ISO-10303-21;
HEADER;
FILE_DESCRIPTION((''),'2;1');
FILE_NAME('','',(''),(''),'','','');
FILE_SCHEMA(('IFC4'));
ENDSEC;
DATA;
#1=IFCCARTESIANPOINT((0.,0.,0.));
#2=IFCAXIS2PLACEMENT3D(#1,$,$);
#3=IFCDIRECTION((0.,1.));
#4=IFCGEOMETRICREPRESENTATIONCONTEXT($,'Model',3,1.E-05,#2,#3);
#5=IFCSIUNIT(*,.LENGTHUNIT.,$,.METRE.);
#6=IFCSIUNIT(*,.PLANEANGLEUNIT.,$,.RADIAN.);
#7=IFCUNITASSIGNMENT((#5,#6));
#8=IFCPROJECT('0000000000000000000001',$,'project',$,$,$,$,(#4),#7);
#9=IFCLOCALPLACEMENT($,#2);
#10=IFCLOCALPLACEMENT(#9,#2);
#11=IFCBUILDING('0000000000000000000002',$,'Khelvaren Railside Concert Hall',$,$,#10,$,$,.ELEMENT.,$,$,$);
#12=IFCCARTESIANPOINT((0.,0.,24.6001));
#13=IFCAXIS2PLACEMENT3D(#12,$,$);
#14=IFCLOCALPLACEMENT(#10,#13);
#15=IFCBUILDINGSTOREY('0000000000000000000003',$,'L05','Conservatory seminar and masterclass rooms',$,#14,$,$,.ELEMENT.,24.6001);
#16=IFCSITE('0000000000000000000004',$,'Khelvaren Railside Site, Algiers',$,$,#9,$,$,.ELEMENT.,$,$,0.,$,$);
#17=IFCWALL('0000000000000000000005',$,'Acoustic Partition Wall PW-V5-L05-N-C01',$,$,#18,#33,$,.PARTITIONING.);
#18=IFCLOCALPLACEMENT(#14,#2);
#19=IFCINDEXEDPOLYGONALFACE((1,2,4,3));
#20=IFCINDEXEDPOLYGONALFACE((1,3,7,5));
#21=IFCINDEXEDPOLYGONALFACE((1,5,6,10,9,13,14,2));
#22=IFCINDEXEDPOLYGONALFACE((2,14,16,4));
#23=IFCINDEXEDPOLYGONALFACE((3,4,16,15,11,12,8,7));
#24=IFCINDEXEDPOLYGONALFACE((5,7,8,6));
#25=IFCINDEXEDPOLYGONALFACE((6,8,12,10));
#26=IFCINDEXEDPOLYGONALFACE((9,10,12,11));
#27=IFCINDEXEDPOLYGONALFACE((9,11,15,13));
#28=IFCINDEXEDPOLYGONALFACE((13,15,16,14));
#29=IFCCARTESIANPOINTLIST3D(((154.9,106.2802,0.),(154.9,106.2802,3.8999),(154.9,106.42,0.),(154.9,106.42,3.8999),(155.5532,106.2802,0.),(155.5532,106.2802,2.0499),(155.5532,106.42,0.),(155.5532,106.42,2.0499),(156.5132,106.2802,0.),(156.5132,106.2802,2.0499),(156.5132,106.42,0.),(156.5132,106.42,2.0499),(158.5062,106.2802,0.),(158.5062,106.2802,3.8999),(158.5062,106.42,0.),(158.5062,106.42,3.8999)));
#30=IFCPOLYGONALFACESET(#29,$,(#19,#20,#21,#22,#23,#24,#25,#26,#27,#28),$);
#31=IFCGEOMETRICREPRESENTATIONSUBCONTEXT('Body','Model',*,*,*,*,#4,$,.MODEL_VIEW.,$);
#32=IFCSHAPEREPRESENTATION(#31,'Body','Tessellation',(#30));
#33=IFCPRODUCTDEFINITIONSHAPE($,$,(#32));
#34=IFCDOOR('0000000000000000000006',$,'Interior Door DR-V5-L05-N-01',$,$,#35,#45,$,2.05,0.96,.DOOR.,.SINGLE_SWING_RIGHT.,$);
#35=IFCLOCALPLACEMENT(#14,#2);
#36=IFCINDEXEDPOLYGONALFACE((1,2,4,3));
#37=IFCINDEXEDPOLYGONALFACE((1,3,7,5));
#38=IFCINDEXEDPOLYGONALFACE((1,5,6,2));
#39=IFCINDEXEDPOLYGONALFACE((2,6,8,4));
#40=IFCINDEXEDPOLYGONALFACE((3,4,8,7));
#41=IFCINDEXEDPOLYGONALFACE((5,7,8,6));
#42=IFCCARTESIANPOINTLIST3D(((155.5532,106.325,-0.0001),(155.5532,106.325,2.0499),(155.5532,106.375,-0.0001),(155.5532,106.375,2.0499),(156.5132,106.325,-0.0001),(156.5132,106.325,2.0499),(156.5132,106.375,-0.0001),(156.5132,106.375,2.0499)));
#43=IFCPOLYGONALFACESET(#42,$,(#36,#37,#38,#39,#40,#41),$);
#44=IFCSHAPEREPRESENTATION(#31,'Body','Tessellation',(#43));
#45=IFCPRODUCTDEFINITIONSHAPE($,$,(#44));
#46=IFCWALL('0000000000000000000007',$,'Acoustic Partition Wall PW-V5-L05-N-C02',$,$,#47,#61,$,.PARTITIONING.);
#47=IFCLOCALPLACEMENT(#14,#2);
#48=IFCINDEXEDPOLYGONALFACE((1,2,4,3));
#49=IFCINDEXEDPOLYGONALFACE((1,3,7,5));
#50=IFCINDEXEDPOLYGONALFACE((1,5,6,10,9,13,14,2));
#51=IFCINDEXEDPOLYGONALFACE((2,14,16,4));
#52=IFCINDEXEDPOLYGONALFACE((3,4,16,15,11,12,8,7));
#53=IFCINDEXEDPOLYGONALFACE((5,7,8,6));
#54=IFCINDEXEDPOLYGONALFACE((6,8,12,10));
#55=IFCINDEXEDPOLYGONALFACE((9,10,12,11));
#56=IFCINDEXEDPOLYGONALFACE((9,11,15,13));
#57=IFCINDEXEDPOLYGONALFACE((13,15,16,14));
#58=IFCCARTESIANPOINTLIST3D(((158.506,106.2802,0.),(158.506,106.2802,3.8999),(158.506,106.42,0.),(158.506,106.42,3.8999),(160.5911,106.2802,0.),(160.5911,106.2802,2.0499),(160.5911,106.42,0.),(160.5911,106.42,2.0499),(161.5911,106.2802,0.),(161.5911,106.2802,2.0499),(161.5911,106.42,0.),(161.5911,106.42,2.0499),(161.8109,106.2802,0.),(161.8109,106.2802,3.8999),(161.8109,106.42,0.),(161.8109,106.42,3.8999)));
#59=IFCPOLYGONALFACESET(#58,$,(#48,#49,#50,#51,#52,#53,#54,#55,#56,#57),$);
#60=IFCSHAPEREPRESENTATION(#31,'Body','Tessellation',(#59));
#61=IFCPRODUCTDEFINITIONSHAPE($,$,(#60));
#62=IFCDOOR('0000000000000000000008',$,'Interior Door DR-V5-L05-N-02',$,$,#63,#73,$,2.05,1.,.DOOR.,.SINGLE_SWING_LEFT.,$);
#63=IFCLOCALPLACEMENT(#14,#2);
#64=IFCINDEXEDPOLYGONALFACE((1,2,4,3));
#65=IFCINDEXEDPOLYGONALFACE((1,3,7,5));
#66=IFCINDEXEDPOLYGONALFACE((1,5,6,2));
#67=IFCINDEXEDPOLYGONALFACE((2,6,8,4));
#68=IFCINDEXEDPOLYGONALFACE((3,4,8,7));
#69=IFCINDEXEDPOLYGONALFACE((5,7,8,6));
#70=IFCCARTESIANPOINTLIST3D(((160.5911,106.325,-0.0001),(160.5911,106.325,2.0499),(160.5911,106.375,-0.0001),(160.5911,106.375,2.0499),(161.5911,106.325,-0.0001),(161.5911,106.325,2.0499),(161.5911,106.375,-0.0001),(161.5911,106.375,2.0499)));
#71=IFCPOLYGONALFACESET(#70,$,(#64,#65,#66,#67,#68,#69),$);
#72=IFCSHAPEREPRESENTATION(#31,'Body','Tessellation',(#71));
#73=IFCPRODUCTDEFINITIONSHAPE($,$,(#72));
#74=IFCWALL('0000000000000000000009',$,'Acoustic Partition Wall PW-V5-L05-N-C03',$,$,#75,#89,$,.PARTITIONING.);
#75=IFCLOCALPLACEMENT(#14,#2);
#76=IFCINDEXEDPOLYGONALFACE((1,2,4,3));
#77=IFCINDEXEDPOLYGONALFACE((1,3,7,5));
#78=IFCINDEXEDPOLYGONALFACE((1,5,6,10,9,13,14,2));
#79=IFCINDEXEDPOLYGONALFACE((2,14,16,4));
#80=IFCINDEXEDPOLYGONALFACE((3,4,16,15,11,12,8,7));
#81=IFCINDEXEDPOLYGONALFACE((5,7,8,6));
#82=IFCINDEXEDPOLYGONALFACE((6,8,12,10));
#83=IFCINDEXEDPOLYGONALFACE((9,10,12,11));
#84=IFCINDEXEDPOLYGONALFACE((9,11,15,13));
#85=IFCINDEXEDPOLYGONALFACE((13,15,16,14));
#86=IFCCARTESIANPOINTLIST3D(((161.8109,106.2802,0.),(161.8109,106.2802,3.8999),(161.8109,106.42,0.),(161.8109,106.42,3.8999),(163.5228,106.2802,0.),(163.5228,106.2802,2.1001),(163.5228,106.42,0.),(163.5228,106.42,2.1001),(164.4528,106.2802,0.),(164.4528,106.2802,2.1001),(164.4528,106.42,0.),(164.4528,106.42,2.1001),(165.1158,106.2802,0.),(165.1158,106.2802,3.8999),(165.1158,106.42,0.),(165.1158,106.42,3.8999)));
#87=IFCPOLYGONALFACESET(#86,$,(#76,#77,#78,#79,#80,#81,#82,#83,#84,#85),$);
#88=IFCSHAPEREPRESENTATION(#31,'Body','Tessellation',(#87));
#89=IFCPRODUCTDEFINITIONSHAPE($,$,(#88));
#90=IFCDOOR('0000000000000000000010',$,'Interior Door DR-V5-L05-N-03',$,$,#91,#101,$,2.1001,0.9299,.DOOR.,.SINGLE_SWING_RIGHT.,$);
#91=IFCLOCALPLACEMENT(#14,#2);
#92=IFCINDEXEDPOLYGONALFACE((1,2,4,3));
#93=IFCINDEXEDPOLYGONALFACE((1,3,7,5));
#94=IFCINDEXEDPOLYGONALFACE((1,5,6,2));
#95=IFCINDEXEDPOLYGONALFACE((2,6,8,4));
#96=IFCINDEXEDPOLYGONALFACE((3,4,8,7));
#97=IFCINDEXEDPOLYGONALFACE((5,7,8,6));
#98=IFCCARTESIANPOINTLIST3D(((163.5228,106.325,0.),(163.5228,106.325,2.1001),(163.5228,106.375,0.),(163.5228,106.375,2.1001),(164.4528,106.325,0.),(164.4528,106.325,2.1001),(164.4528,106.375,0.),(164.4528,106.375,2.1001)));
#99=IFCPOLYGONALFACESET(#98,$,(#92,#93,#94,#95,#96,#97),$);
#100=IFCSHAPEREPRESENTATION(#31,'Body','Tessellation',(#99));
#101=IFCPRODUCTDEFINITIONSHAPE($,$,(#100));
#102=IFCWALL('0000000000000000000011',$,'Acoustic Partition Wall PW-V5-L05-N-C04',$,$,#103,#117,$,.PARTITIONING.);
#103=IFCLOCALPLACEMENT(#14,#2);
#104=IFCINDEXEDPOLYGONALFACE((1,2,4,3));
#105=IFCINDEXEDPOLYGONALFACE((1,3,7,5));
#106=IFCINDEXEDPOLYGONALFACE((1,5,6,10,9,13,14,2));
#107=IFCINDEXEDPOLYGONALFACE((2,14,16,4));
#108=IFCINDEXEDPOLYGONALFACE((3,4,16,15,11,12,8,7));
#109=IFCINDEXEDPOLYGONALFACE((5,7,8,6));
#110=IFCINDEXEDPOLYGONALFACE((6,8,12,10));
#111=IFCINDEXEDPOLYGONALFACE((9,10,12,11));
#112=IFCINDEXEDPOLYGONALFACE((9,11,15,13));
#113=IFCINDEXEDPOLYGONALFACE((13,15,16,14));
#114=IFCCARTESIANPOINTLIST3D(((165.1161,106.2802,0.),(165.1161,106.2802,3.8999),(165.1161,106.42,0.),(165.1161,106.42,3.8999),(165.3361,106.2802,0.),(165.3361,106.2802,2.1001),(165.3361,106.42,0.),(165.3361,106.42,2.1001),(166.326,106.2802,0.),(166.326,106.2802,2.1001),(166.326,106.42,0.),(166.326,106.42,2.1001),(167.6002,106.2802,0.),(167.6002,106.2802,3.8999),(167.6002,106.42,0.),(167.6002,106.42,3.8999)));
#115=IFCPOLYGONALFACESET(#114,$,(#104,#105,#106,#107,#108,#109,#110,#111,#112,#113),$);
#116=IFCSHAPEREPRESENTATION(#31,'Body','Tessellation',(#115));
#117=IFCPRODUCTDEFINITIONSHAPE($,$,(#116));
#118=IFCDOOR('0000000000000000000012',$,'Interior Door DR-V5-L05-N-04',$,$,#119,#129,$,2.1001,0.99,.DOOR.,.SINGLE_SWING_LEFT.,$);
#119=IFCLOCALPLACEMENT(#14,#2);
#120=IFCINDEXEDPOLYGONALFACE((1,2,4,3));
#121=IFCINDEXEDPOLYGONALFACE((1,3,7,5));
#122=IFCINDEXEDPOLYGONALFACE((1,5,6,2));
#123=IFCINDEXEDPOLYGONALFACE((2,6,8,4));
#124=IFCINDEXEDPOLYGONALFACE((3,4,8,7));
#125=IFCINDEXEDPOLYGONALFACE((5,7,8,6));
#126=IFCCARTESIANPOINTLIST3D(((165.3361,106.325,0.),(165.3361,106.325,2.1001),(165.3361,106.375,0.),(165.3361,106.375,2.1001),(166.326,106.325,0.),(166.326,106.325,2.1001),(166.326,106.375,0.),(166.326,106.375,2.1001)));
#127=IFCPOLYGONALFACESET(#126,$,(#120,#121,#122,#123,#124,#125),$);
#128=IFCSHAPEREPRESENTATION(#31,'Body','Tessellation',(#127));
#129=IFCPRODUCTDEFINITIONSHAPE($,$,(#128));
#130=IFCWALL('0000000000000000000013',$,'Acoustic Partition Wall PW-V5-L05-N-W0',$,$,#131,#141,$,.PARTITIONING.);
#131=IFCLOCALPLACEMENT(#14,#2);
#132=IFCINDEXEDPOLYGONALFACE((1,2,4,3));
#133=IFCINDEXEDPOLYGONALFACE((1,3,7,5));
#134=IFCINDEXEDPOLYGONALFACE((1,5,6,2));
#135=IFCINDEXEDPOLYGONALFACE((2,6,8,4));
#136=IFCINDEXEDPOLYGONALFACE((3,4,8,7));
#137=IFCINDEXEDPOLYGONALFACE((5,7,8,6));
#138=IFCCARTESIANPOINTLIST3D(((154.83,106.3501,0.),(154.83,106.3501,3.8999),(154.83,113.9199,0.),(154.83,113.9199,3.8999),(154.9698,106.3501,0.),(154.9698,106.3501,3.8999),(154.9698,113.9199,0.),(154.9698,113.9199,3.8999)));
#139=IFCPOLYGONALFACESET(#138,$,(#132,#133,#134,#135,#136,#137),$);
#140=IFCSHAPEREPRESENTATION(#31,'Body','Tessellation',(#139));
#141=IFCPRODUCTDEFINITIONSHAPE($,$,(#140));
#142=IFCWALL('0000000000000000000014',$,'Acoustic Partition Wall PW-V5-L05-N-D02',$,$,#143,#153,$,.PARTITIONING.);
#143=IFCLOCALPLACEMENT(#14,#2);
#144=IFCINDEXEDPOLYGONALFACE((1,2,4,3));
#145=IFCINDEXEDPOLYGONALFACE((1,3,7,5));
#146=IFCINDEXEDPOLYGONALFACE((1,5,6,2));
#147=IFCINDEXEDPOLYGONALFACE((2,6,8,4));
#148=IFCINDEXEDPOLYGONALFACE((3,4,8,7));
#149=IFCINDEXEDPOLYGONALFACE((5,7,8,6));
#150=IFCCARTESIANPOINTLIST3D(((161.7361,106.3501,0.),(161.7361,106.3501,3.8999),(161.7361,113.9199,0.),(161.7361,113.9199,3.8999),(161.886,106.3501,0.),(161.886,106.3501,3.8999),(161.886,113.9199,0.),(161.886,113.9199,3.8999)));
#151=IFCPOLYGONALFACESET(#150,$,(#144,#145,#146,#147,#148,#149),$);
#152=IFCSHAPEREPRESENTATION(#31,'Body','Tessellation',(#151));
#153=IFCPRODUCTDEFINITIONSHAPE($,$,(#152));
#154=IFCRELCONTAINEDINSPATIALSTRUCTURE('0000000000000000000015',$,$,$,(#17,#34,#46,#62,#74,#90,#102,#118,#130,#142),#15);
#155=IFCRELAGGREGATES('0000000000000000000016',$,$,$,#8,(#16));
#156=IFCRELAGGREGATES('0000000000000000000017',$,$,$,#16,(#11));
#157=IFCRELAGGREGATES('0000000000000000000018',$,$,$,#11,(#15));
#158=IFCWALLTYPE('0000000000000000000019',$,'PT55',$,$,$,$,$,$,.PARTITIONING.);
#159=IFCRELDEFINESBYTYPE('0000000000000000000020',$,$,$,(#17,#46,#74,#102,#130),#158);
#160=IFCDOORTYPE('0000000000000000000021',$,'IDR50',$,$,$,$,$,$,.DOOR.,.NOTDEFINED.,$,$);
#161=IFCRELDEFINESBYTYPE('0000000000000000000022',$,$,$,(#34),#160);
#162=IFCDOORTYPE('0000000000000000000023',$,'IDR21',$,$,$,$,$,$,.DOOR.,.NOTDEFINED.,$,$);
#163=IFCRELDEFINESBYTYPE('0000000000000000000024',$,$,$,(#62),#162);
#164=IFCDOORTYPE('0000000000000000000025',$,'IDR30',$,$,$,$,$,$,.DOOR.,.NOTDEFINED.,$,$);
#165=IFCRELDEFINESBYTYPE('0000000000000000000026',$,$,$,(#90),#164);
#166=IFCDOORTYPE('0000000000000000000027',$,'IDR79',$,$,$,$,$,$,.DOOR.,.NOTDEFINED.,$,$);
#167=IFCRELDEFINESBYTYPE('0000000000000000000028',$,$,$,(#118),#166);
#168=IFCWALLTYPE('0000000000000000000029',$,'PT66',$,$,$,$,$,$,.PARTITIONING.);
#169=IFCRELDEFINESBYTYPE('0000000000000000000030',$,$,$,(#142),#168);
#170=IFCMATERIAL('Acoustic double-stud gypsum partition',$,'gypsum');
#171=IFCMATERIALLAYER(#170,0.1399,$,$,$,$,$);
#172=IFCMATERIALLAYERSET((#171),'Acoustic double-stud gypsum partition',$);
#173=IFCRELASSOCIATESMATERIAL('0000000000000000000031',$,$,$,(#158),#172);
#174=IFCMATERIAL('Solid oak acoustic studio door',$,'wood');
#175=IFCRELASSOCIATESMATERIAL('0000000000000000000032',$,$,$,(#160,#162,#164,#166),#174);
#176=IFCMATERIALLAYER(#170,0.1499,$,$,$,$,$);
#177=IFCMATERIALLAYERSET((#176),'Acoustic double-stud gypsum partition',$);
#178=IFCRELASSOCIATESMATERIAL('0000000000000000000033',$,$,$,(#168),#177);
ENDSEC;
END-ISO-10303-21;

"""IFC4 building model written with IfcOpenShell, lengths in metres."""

from ifc_helpers import new_model, si_unit, direction, frame, frame_2d, origin, place, context, subcontext, project, spatial, rectangle, extrude, material, layer, layer_set, type_object, element, fill, save


model = new_model("IFC4")

# Units and contexts
model_context = context("Model", 3, precision=1e-05, world=origin(), true_north=direction((0.0, 1.0)))
body_context = subcontext(model_context, "Body", "Model", "MODEL_VIEW")
ifc_project = project(units=[si_unit("LENGTHUNIT", "METRE"), si_unit("PLANEANGLEUNIT", "RADIAN")], contexts=[model_context])

# Site, building, storey
site_placement = place(None, origin())
site = spatial("IfcSite", under=ifc_project, at=site_placement, Name="Khelvaren Railside Site, Algiers", CompositionType="ELEMENT", RefElevation=0.0)
building_placement = place(site_placement, origin())
building = spatial("IfcBuilding", under=site, at=building_placement, Name="Khelvaren Railside Concert Hall", CompositionType="ELEMENT")
storey_placement = place(building_placement, frame((0.0, 0.0, 24.6001)))
storey = spatial("IfcBuildingStorey", under=building, at=storey_placement, Name="L05", Description="Conservatory seminar and masterclass rooms", CompositionType="ELEMENT", Elevation=24.6001)

# Shared definitions
ifc_material_1 = material(Name="Acoustic double-stud gypsum partition", Category="gypsum")

# Walls, openings, doors
ifc_layer_1 = layer(ifc_material_1, 0.1399)
ifc_layer_set_1 = layer_set([ifc_layer_1], Name="Acoustic double-stud gypsum partition")
wall_type_1 = type_object("IfcWallType", Name="PT55", PredefinedType="PARTITIONING", material=ifc_layer_set_1)
wall_1_placement = place(storey_placement, frame((154.8999, 106.3501, 0.0), z_axis=(0.0, 0.0, 1.0), x_axis=(1.0, 0.0, 0.0)))
wall_1 = element("IfcWall", 1, at=wall_1_placement, inside=storey, type_object=wall_type_1, Name="Acoustic Partition Wall PW-V5-L05-N-C01", PredefinedType="PARTITIONING", context=body_context, shape_type="SweptSolid", body=[
    extrude(rectangle(XDim=3.6062, YDim=0.1399, at=frame_2d((1.8032, 0.0))), origin(), (0.0, 0.0, 1.0), 3.8999),
])
opening_1_placement = place(wall_1_placement, frame((0.6533, 0.0, 0.0)))
opening_1 = element("IfcOpeningElement", 2, at=opening_1_placement, cuts=wall_1, PredefinedType="OPENING", context=body_context, shape_type="SweptSolid", body=[
    extrude(rectangle(XDim=0.96, YDim=2.05, at=frame_2d((0.48, 1.0249))), frame((0.0, 0.0798, 0.0), z_axis=(0.0, -1.0, 0.0), x_axis=(1.0, 0.0, 0.0)), (0.0, 0.0, 1.0), 0.1599),
])
ifc_material_2 = material(Name="Solid oak acoustic studio door", Category="wood")
door_type_1 = type_object("IfcDoorType", Name="IDR50", OperationType="NOTDEFINED", PredefinedType="DOOR", material=ifc_material_2)
door_1_placement = place(opening_1_placement, origin())
door_1 = element("IfcDoor", 3, at=door_1_placement, inside=storey, type_object=door_type_1, Name="Interior Door DR-V5-L05-N-01", OperationType="SINGLE_SWING_RIGHT", OverallHeight=2.05, OverallWidth=0.96, PredefinedType="DOOR", context=body_context, shape_type="SweptSolid", body=[
    extrude(rectangle(XDim=0.96, YDim=2.05, at=frame_2d((0.48, 1.0249))), frame((0.0, 0.0249, 0.0), z_axis=(0.0, -1.0, 0.0), x_axis=(1.0, 0.0, 0.0)), (0.0, 0.0, 1.0), 0.05),
])
fill(opening_1, door_1)
wall_2_placement = place(storey_placement, frame((158.5061, 106.3501, 0.0), z_axis=(0.0, 0.0, 1.0), x_axis=(1.0, 0.0, 0.0)))
wall_2 = element("IfcWall", 4, at=wall_2_placement, inside=storey, type_object=wall_type_1, Name="Acoustic Partition Wall PW-V5-L05-N-C02", PredefinedType="PARTITIONING", context=body_context, shape_type="SweptSolid", body=[
    extrude(rectangle(XDim=3.3049, YDim=0.1399, at=frame_2d((1.6523, 0.0))), origin(), (0.0, 0.0, 1.0), 3.8999),
])
opening_2_placement = place(wall_2_placement, frame((2.085, 0.0, 0.0)))
opening_2 = element("IfcOpeningElement", 5, at=opening_2_placement, cuts=wall_2, PredefinedType="OPENING", context=body_context, shape_type="SweptSolid", body=[
    extrude(rectangle(XDim=1.0, YDim=2.05, at=frame_2d((0.5, 1.0249))), frame((0.0, 0.0798, 0.0), z_axis=(0.0, -1.0, 0.0), x_axis=(1.0, 0.0, 0.0)), (0.0, 0.0, 1.0), 0.1599),
])
door_type_2 = type_object("IfcDoorType", Name="IDR21", OperationType="NOTDEFINED", PredefinedType="DOOR", material=ifc_material_2)
door_2_placement = place(opening_2_placement, origin())
door_2 = element("IfcDoor", 6, at=door_2_placement, inside=storey, type_object=door_type_2, Name="Interior Door DR-V5-L05-N-02", OperationType="SINGLE_SWING_LEFT", OverallHeight=2.05, OverallWidth=1.0, PredefinedType="DOOR", context=body_context, shape_type="SweptSolid", body=[
    extrude(rectangle(XDim=1.0, YDim=2.05, at=frame_2d((0.5, 1.0249))), frame((0.0, 0.0249, 0.0), z_axis=(0.0, -1.0, 0.0), x_axis=(1.0, 0.0, 0.0)), (0.0, 0.0, 1.0), 0.05),
])
fill(opening_2, door_2)
wall_3_placement = place(storey_placement, frame((161.811, 106.3501, 0.0), z_axis=(0.0, 0.0, 1.0), x_axis=(1.0, 0.0, 0.0)))
wall_3 = element("IfcWall", 7, at=wall_3_placement, inside=storey, type_object=wall_type_1, Name="Acoustic Partition Wall PW-V5-L05-N-C03", PredefinedType="PARTITIONING", context=body_context, shape_type="SweptSolid", body=[
    extrude(rectangle(XDim=3.3049, YDim=0.1399, at=frame_2d((1.6523, 0.0))), origin(), (0.0, 0.0, 1.0), 3.8999),
])
opening_3_placement = place(wall_3_placement, frame((1.7119, 0.0, 0.0)))
opening_3 = element("IfcOpeningElement", 8, at=opening_3_placement, cuts=wall_3, PredefinedType="OPENING", context=body_context, shape_type="SweptSolid", body=[
    extrude(rectangle(XDim=0.9299, YDim=2.1001, at=frame_2d((0.4648, 1.05))), frame((0.0, 0.0798, 0.0), z_axis=(0.0, -1.0, 0.0), x_axis=(1.0, 0.0, 0.0)), (0.0, 0.0, 1.0), 0.1599),
])
door_type_3 = type_object("IfcDoorType", Name="IDR30", OperationType="NOTDEFINED", PredefinedType="DOOR", material=ifc_material_2)
door_3_placement = place(opening_3_placement, origin())
door_3 = element("IfcDoor", 9, at=door_3_placement, inside=storey, type_object=door_type_3, Name="Interior Door DR-V5-L05-N-03", OperationType="SINGLE_SWING_RIGHT", OverallHeight=2.1001, OverallWidth=0.9299, PredefinedType="DOOR", context=body_context, shape_type="SweptSolid", body=[
    extrude(rectangle(XDim=0.9299, YDim=2.1001, at=frame_2d((0.4648, 1.05))), frame((0.0, 0.0249, 0.0), z_axis=(0.0, -1.0, 0.0), x_axis=(1.0, 0.0, 0.0)), (0.0, 0.0, 1.0), 0.05),
])
fill(opening_3, door_3)
wall_4_placement = place(storey_placement, frame((165.116, 106.3501, 0.0), z_axis=(0.0, 0.0, 1.0), x_axis=(1.0, 0.0, 0.0)))
wall_4 = element("IfcWall", 10, at=wall_4_placement, inside=storey, type_object=wall_type_1, Name="Acoustic Partition Wall PW-V5-L05-N-C04", PredefinedType="PARTITIONING", context=body_context, shape_type="SweptSolid", body=[
    extrude(rectangle(XDim=2.4841, YDim=0.1399, at=frame_2d((1.2422, 0.0))), origin(), (0.0, 0.0, 1.0), 3.8999),
])
opening_4_placement = place(wall_4_placement, frame((0.22, 0.0, 0.0)))
opening_4 = element("IfcOpeningElement", 11, at=opening_4_placement, cuts=wall_4, PredefinedType="OPENING", context=body_context, shape_type="SweptSolid", body=[
    extrude(rectangle(XDim=0.99, YDim=2.1001, at=frame_2d((0.4951, 1.05))), frame((0.0, 0.0798, 0.0), z_axis=(0.0, -1.0, 0.0), x_axis=(1.0, 0.0, 0.0)), (0.0, 0.0, 1.0), 0.1599),
])
door_type_4 = type_object("IfcDoorType", Name="IDR79", OperationType="NOTDEFINED", PredefinedType="DOOR", material=ifc_material_2)
door_4_placement = place(opening_4_placement, origin())
door_4 = element("IfcDoor", 12, at=door_4_placement, inside=storey, type_object=door_type_4, Name="Interior Door DR-V5-L05-N-04", OperationType="SINGLE_SWING_LEFT", OverallHeight=2.1001, OverallWidth=0.99, PredefinedType="DOOR", context=body_context, shape_type="SweptSolid", body=[
    extrude(rectangle(XDim=0.99, YDim=2.1001, at=frame_2d((0.4951, 1.05))), frame((0.0, 0.0249, 0.0), z_axis=(0.0, -1.0, 0.0), x_axis=(1.0, 0.0, 0.0)), (0.0, 0.0, 1.0), 0.05),
])
fill(opening_4, door_4)

# Walls
wall_5_placement = place(storey_placement, frame((154.8999, 106.3501, 0.0), z_axis=(0.0, 0.0, 1.0), x_axis=(0.0, 1.0, 0.0)))
element("IfcWall", 13, at=wall_5_placement, inside=storey, type_object=wall_type_1, Name="Acoustic Partition Wall PW-V5-L05-N-W0", PredefinedType="PARTITIONING", context=body_context, shape_type="SweptSolid", body=[
    extrude(rectangle(XDim=7.5698, YDim=0.1399, at=frame_2d((3.7849, 0.0))), origin(), (0.0, 0.0, 1.0), 3.8999),
])
ifc_layer_2 = layer(ifc_material_1, 0.1499)
ifc_layer_set_2 = layer_set([ifc_layer_2], Name="Acoustic double-stud gypsum partition")
wall_type_2 = type_object("IfcWallType", Name="PT66", PredefinedType="PARTITIONING", material=ifc_layer_set_2)
wall_6_placement = place(storey_placement, frame((161.811, 106.3501, 0.0), z_axis=(0.0, 0.0, 1.0), x_axis=(0.0, 1.0, 0.0)))
element("IfcWall", 14, at=wall_6_placement, inside=storey, type_object=wall_type_2, Name="Acoustic Partition Wall PW-V5-L05-N-D02", PredefinedType="PARTITIONING", context=body_context, shape_type="SweptSolid", body=[
    extrude(rectangle(XDim=7.5698, YDim=0.1499, at=frame_2d((3.7849, 0.0))), origin(), (0.0, 0.0, 1.0), 3.8999),
])

save(model, "model.ifc")
